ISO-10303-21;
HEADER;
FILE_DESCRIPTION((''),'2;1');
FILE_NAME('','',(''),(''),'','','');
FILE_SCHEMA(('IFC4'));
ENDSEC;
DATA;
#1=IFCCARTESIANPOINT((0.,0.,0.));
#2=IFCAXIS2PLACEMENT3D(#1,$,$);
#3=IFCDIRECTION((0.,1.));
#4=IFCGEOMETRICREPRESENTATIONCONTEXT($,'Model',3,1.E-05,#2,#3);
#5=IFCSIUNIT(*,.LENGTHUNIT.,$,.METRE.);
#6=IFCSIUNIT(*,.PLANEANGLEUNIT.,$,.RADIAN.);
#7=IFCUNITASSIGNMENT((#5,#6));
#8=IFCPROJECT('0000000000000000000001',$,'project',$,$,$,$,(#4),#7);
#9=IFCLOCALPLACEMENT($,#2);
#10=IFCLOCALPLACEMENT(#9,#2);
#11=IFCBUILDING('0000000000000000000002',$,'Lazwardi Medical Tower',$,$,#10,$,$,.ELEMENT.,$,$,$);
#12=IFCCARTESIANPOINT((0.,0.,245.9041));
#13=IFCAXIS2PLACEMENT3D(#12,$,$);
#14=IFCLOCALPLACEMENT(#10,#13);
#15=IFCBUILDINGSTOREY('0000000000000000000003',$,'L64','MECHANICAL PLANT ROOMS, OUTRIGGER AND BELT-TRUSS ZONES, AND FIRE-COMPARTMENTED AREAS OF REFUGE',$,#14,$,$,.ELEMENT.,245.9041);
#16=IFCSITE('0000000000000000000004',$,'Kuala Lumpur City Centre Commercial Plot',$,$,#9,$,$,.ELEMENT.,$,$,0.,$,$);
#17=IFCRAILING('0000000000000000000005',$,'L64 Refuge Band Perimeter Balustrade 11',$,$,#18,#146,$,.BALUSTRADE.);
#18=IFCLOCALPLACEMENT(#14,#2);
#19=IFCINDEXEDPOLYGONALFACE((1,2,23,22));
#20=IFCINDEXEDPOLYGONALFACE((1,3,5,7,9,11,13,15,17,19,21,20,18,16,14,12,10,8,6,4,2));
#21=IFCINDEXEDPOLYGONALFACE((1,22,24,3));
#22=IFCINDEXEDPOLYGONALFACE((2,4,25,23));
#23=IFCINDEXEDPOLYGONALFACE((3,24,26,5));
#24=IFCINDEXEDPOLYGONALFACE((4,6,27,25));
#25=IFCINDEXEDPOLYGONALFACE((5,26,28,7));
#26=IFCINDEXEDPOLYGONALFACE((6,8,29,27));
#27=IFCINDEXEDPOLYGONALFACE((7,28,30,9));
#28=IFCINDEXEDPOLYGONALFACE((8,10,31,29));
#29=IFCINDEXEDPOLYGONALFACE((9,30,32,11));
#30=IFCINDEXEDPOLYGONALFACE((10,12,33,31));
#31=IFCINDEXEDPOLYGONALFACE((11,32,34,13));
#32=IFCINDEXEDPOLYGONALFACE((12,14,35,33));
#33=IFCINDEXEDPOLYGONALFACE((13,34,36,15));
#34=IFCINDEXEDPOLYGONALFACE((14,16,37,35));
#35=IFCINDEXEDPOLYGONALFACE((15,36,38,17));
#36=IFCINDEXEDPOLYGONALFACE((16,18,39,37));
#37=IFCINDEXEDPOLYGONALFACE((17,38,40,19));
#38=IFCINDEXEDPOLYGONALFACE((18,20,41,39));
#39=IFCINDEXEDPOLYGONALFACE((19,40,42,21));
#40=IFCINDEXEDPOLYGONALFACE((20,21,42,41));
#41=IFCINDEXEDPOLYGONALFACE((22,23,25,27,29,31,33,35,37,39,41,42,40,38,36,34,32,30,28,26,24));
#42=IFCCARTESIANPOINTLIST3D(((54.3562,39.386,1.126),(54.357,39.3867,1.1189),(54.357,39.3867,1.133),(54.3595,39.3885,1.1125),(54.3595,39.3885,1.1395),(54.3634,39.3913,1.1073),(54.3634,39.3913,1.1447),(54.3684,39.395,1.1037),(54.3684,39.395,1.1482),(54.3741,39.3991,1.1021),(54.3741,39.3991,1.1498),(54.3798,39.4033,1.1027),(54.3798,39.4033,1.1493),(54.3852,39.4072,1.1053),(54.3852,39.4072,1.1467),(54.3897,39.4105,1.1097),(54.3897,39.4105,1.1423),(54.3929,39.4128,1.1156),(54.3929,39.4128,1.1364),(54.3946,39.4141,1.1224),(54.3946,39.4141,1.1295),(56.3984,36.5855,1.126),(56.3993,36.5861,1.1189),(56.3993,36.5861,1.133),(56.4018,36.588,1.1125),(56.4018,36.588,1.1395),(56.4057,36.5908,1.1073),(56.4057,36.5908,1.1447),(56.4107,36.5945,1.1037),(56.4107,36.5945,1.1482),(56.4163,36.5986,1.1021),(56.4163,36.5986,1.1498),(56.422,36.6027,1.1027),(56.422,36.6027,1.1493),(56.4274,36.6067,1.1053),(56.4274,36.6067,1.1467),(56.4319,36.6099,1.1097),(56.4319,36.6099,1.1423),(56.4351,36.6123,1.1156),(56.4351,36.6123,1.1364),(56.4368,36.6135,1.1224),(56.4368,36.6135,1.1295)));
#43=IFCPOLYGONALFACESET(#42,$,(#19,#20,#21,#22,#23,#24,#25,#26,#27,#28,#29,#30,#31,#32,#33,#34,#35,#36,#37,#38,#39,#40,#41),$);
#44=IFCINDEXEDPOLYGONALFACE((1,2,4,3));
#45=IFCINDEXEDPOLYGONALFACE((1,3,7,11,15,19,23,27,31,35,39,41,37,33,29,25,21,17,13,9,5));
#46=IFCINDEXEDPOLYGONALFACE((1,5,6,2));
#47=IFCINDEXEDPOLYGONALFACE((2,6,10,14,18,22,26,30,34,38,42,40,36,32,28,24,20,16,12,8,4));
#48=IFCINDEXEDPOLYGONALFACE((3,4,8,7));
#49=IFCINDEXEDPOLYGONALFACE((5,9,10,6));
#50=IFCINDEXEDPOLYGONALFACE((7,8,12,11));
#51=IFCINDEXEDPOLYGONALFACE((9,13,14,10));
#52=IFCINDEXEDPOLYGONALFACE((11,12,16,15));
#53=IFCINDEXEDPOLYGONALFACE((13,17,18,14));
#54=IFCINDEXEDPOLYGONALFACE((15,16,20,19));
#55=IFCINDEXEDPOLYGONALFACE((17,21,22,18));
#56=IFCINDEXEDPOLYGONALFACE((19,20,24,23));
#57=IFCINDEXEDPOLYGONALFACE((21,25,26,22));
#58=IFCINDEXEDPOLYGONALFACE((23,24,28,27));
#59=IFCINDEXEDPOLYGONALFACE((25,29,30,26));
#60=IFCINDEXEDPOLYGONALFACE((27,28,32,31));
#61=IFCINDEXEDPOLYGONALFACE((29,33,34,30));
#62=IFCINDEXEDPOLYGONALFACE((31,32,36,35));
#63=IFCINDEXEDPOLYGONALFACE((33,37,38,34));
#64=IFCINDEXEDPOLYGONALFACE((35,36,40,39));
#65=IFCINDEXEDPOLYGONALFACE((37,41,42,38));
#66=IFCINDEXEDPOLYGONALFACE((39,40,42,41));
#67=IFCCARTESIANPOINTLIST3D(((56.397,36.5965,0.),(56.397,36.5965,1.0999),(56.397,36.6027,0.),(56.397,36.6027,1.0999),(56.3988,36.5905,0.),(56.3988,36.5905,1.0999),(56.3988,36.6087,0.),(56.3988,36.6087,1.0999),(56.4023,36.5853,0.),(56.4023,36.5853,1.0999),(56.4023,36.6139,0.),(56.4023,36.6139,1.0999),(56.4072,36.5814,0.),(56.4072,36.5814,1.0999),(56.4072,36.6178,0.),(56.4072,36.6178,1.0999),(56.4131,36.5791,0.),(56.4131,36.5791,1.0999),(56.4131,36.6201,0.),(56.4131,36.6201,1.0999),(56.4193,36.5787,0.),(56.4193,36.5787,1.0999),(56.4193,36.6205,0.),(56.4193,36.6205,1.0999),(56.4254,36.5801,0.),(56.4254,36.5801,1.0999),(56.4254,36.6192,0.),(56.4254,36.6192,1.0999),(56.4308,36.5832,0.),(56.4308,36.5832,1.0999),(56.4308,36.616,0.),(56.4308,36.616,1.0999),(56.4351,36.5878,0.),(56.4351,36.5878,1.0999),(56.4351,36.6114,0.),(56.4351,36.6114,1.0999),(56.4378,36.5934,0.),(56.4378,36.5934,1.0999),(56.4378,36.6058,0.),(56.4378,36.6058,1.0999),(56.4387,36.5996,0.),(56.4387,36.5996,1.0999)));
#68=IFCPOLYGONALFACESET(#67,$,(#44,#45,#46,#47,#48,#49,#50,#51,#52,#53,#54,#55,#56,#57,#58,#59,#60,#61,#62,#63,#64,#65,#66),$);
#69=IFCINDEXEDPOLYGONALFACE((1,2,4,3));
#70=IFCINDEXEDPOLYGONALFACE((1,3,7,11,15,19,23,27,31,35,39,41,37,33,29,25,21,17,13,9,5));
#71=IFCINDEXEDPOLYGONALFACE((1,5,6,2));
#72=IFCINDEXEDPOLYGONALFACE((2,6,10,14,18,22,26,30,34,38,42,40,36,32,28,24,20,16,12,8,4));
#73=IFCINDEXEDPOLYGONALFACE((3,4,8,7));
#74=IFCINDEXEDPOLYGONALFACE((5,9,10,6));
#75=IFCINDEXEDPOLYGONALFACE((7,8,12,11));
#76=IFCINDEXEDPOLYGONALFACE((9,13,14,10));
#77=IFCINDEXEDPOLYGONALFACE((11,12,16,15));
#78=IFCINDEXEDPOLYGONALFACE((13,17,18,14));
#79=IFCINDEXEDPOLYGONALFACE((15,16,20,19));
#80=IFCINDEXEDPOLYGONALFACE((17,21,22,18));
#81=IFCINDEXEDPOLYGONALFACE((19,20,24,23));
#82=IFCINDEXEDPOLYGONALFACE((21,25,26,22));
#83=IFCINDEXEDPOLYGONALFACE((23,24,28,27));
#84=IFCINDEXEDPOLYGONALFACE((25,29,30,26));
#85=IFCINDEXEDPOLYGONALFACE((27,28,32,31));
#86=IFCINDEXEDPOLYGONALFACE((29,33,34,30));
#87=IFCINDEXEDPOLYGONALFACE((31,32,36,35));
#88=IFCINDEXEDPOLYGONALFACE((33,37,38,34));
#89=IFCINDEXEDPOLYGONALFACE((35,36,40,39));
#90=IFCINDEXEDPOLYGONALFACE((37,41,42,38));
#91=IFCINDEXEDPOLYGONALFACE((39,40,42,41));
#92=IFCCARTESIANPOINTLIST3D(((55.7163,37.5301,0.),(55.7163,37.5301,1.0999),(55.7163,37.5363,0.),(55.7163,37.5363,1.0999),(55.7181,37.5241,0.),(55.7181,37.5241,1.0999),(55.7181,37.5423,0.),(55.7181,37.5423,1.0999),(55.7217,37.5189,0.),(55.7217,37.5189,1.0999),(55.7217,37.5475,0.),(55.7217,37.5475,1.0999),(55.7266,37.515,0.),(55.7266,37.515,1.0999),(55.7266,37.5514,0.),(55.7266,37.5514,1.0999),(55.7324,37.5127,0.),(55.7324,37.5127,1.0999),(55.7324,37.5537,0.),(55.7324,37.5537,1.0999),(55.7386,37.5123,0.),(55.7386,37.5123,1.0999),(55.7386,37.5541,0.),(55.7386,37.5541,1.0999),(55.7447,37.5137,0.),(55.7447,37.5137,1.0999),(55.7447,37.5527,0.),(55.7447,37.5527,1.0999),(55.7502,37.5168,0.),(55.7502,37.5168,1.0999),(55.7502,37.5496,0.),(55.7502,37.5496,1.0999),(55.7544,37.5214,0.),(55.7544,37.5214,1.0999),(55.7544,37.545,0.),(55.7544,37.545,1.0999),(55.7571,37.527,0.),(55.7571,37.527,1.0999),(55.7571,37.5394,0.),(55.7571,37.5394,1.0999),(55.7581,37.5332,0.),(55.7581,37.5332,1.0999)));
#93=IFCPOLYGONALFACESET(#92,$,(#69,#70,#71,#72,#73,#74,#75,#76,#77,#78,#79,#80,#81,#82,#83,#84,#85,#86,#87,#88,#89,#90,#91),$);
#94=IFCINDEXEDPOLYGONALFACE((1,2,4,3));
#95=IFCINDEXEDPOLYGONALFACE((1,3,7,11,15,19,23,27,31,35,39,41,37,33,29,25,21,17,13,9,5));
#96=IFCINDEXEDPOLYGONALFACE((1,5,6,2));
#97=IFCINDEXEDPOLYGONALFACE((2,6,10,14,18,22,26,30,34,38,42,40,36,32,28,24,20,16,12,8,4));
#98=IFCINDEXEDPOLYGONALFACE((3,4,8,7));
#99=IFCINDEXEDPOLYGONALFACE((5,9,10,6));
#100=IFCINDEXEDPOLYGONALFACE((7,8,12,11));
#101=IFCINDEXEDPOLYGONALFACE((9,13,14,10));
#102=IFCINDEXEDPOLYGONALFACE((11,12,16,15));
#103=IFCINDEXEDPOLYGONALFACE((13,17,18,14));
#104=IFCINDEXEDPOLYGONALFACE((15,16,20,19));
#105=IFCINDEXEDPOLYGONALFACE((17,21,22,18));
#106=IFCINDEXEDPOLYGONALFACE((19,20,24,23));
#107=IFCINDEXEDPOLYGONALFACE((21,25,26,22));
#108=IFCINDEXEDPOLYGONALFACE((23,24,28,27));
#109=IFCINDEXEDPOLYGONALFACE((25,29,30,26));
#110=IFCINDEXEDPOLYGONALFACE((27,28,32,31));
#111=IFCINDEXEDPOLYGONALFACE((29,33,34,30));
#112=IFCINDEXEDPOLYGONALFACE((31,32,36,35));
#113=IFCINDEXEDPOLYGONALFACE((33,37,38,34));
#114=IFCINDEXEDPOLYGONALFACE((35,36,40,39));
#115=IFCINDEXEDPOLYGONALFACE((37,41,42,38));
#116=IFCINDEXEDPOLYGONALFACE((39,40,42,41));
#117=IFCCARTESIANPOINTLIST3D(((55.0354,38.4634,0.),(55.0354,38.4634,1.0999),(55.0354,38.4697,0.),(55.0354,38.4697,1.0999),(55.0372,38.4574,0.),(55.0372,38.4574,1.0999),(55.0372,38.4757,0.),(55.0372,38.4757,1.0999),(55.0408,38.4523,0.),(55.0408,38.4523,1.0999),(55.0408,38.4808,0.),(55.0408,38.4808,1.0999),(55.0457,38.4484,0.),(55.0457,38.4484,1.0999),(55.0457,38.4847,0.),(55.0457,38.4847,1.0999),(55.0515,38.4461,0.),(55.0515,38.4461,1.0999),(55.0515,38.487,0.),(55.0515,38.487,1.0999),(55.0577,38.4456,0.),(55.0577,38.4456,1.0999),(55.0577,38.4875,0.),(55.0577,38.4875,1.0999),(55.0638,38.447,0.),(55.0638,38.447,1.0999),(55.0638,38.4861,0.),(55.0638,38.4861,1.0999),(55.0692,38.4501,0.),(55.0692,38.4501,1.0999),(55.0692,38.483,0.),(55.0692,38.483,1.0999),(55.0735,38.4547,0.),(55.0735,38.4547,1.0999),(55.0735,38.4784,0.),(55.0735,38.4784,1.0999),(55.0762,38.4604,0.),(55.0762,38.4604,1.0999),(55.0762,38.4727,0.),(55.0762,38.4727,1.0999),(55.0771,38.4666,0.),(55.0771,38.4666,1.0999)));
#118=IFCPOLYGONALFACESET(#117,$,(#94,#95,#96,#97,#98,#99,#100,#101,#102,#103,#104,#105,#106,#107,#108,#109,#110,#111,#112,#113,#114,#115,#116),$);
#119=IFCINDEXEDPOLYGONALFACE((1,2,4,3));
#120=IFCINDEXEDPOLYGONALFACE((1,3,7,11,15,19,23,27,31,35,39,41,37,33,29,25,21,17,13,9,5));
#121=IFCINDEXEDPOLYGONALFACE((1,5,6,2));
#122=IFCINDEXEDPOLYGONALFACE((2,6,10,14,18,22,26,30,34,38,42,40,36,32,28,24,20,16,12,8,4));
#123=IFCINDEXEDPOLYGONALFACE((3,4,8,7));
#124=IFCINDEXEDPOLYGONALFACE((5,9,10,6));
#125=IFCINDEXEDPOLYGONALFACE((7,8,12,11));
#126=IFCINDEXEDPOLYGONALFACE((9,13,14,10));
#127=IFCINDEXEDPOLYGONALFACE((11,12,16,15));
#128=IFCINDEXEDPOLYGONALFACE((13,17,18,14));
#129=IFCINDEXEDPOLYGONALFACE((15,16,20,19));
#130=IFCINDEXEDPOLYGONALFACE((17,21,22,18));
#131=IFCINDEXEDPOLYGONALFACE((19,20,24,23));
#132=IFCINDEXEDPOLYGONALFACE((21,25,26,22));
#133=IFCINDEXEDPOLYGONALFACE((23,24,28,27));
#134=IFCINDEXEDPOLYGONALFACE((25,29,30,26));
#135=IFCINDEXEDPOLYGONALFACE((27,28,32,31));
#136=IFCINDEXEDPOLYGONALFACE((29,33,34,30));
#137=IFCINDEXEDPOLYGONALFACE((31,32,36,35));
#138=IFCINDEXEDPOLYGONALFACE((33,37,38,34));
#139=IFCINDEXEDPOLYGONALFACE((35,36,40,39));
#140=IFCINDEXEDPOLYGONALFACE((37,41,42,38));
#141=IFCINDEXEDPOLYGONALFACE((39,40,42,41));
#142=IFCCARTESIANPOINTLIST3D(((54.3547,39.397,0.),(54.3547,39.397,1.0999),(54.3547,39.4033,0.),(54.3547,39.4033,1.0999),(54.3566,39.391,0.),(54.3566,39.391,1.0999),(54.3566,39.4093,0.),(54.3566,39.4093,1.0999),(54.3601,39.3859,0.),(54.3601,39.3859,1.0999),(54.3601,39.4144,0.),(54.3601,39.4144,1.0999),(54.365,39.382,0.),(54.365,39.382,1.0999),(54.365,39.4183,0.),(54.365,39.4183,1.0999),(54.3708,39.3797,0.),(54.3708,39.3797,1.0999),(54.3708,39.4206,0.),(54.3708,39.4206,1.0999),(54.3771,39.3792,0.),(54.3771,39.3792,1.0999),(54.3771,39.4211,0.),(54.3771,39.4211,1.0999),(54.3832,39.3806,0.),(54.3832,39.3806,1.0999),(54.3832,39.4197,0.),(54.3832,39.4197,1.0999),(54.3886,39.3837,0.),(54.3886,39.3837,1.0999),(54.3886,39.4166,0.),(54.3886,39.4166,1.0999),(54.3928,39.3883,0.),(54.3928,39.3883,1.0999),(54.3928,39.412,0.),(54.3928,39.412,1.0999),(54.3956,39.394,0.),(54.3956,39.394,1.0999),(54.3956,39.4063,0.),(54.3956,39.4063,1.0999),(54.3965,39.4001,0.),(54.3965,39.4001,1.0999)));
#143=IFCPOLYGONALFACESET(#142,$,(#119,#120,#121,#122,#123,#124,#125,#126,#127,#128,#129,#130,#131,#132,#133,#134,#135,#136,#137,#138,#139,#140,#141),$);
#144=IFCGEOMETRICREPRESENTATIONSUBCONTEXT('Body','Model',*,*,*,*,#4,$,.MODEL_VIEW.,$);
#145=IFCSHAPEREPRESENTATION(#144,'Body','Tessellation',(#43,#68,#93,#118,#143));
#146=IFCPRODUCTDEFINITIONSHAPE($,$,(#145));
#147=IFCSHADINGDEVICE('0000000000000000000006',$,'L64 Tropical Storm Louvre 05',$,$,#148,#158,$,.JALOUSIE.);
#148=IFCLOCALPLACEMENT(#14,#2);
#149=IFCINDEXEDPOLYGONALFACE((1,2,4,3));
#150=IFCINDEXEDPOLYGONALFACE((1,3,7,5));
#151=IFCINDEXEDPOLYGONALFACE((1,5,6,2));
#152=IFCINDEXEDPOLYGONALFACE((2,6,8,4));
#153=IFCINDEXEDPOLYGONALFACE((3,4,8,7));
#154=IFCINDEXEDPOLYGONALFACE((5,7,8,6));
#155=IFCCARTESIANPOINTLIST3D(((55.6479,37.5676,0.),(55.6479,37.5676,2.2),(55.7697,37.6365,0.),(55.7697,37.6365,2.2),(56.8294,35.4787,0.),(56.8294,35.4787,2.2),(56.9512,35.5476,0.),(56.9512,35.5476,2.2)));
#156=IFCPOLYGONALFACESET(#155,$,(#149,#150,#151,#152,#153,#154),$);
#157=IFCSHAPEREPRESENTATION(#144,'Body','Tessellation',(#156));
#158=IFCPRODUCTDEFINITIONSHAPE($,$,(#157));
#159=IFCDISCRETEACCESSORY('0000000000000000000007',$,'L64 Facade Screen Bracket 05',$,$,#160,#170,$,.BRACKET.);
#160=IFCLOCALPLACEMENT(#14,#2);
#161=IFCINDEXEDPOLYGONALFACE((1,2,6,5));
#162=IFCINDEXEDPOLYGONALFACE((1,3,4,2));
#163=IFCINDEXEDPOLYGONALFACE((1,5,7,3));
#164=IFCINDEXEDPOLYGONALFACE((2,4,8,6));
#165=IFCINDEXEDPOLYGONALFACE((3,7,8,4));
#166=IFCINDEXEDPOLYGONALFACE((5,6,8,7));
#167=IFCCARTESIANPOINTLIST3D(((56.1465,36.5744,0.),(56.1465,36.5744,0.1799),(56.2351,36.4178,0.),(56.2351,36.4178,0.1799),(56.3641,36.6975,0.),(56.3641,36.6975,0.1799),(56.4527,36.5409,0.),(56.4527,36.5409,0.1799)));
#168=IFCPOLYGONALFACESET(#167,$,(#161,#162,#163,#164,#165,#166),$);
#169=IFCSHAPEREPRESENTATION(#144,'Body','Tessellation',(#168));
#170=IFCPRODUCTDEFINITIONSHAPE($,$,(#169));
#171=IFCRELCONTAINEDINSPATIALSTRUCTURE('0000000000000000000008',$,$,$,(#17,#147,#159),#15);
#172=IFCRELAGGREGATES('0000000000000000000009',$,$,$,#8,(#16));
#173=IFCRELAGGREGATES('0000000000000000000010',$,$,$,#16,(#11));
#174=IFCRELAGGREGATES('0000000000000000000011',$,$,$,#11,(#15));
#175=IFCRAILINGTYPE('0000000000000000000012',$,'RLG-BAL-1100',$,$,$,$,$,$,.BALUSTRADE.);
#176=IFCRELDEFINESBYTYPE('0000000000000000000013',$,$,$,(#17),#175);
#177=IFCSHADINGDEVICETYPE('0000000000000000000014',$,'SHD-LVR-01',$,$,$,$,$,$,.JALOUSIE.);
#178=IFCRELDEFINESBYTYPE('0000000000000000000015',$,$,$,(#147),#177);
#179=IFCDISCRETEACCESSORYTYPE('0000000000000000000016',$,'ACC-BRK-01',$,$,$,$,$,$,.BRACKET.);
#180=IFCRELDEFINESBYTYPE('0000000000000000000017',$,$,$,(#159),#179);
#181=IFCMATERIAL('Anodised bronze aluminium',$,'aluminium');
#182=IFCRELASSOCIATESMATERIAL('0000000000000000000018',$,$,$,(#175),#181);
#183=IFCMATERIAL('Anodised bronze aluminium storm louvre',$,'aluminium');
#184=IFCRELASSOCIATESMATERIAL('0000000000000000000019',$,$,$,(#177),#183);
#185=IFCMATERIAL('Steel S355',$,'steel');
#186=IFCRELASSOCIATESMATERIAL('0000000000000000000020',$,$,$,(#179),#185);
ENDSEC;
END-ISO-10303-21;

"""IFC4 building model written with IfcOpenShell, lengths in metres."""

from ifc_helpers import new_model, si_unit, direction, frame, origin, origin_2d, place, context, subcontext, project, spatial, rectangle, circle, extrude, material, type_object, element, save


model = new_model("IFC4")

# Units and contexts
model_context = context("Model", 3, precision=1e-05, world=origin(), true_north=direction((0.0, 1.0)))
body_context = subcontext(model_context, "Body", "Model", "MODEL_VIEW")
ifc_project = project(units=[si_unit("LENGTHUNIT", "METRE"), si_unit("PLANEANGLEUNIT", "RADIAN")], contexts=[model_context])

# Site, building, storey
site_placement = place(None, origin())
site = spatial("IfcSite", under=ifc_project, at=site_placement, Name="Kuala Lumpur City Centre Commercial Plot", CompositionType="ELEMENT", RefElevation=0.0)
building_placement = place(site_placement, origin())
building = spatial("IfcBuilding", under=site, at=building_placement, Name="Lazwardi Medical Tower", CompositionType="ELEMENT")
storey_placement = place(building_placement, frame((0.0, 0.0, 245.9041)))
storey = spatial("IfcBuildingStorey", under=building, at=storey_placement, Name="L64", Description="MECHANICAL PLANT ROOMS, OUTRIGGER AND BELT-TRUSS ZONES, AND FIRE-COMPARTMENTED AREAS OF REFUGE", CompositionType="ELEMENT", Elevation=245.9041)

# Shared definitions
ifc_material_1 = material(Name="Steel S355", Category="steel")

# Railing
ifc_material_2 = material(Name="Anodised bronze aluminium", Category="aluminium")
railing_type = type_object("IfcRailingType", Name="RLG-BAL-1100", PredefinedType="BALUSTRADE", material=ifc_material_2)
railing_placement = place(storey_placement, frame((56.4177, 36.5996, 0.0)))
element("IfcRailing", 1, at=railing_placement, inside=storey, type_object=railing_type, Name="L64 Refuge Band Perimeter Balustrade 11", PredefinedType="BALUSTRADE", context=body_context, shape_type="SweptSolid", body=[
    extrude(circle(Radius=0.0239, at=origin_2d()), frame((0.0, 0.0, 1.126), z_axis=(-0.589206, 0.807983, 0.0), x_axis=(-0.807983, -0.589206, 0.0)), (0.0, 0.0, 1.0), 3.4661),
    extrude(circle(Radius=0.021, at=origin_2d()), origin(), (0.0, 0.0, 1.0), 1.0999),
    extrude(circle(Radius=0.021, at=origin_2d()), frame((-0.6807, 0.9336, 0.0)), (0.0, 0.0, 1.0), 1.0999),
    extrude(circle(Radius=0.021, at=origin_2d()), frame((-1.3616, 1.8669, 0.0)), (0.0, 0.0, 1.0), 1.0999),
    extrude(circle(Radius=0.021, at=origin_2d()), frame((-2.0422, 2.8005, 0.0)), (0.0, 0.0, 1.0), 1.0999),
])

# Shading device
ifc_material_3 = material(Name="Anodised bronze aluminium storm louvre", Category="aluminium")
shading_device_type = type_object("IfcShadingDeviceType", Name="SHD-LVR-01", PredefinedType="JALOUSIE", material=ifc_material_3)
shading_device_placement = place(storey_placement, frame((56.2996, 36.5576, 0.0), z_axis=(0.0, 0.0, 1.0), x_axis=(-0.492325, 0.870412, 0.0)))
element("IfcShadingDevice", 2, at=shading_device_placement, inside=storey, type_object=shading_device_type, Name="L64 Tropical Storm Louvre 05", PredefinedType="JALOUSIE", context=body_context, shape_type="SweptSolid", body=[
    extrude(rectangle(XDim=2.3999, YDim=0.1399, at=origin_2d()), origin(), (0.0, 0.0, 1.0), 2.2),
])

# Discrete accessory
discrete_accessory_type = type_object("IfcDiscreteAccessoryType", Name="ACC-BRK-01", PredefinedType="BRACKET", material=ifc_material_1)
discrete_accessory_placement = place(storey_placement, frame((56.2996, 36.5576, 0.0), z_axis=(0.0, 0.0, 1.0), x_axis=(-0.492325, 0.870412, 0.0)))
element("IfcDiscreteAccessory", 3, at=discrete_accessory_placement, inside=storey, type_object=discrete_accessory_type, Name="L64 Facade Screen Bracket 05", PredefinedType="BRACKET", context=body_context, shape_type="SweptSolid", body=[
    extrude(rectangle(XDim=0.1799, YDim=0.25, at=origin_2d()), origin(), (0.0, 0.0, 1.0), 0.1799),
])

save(model, "model.ifc")
